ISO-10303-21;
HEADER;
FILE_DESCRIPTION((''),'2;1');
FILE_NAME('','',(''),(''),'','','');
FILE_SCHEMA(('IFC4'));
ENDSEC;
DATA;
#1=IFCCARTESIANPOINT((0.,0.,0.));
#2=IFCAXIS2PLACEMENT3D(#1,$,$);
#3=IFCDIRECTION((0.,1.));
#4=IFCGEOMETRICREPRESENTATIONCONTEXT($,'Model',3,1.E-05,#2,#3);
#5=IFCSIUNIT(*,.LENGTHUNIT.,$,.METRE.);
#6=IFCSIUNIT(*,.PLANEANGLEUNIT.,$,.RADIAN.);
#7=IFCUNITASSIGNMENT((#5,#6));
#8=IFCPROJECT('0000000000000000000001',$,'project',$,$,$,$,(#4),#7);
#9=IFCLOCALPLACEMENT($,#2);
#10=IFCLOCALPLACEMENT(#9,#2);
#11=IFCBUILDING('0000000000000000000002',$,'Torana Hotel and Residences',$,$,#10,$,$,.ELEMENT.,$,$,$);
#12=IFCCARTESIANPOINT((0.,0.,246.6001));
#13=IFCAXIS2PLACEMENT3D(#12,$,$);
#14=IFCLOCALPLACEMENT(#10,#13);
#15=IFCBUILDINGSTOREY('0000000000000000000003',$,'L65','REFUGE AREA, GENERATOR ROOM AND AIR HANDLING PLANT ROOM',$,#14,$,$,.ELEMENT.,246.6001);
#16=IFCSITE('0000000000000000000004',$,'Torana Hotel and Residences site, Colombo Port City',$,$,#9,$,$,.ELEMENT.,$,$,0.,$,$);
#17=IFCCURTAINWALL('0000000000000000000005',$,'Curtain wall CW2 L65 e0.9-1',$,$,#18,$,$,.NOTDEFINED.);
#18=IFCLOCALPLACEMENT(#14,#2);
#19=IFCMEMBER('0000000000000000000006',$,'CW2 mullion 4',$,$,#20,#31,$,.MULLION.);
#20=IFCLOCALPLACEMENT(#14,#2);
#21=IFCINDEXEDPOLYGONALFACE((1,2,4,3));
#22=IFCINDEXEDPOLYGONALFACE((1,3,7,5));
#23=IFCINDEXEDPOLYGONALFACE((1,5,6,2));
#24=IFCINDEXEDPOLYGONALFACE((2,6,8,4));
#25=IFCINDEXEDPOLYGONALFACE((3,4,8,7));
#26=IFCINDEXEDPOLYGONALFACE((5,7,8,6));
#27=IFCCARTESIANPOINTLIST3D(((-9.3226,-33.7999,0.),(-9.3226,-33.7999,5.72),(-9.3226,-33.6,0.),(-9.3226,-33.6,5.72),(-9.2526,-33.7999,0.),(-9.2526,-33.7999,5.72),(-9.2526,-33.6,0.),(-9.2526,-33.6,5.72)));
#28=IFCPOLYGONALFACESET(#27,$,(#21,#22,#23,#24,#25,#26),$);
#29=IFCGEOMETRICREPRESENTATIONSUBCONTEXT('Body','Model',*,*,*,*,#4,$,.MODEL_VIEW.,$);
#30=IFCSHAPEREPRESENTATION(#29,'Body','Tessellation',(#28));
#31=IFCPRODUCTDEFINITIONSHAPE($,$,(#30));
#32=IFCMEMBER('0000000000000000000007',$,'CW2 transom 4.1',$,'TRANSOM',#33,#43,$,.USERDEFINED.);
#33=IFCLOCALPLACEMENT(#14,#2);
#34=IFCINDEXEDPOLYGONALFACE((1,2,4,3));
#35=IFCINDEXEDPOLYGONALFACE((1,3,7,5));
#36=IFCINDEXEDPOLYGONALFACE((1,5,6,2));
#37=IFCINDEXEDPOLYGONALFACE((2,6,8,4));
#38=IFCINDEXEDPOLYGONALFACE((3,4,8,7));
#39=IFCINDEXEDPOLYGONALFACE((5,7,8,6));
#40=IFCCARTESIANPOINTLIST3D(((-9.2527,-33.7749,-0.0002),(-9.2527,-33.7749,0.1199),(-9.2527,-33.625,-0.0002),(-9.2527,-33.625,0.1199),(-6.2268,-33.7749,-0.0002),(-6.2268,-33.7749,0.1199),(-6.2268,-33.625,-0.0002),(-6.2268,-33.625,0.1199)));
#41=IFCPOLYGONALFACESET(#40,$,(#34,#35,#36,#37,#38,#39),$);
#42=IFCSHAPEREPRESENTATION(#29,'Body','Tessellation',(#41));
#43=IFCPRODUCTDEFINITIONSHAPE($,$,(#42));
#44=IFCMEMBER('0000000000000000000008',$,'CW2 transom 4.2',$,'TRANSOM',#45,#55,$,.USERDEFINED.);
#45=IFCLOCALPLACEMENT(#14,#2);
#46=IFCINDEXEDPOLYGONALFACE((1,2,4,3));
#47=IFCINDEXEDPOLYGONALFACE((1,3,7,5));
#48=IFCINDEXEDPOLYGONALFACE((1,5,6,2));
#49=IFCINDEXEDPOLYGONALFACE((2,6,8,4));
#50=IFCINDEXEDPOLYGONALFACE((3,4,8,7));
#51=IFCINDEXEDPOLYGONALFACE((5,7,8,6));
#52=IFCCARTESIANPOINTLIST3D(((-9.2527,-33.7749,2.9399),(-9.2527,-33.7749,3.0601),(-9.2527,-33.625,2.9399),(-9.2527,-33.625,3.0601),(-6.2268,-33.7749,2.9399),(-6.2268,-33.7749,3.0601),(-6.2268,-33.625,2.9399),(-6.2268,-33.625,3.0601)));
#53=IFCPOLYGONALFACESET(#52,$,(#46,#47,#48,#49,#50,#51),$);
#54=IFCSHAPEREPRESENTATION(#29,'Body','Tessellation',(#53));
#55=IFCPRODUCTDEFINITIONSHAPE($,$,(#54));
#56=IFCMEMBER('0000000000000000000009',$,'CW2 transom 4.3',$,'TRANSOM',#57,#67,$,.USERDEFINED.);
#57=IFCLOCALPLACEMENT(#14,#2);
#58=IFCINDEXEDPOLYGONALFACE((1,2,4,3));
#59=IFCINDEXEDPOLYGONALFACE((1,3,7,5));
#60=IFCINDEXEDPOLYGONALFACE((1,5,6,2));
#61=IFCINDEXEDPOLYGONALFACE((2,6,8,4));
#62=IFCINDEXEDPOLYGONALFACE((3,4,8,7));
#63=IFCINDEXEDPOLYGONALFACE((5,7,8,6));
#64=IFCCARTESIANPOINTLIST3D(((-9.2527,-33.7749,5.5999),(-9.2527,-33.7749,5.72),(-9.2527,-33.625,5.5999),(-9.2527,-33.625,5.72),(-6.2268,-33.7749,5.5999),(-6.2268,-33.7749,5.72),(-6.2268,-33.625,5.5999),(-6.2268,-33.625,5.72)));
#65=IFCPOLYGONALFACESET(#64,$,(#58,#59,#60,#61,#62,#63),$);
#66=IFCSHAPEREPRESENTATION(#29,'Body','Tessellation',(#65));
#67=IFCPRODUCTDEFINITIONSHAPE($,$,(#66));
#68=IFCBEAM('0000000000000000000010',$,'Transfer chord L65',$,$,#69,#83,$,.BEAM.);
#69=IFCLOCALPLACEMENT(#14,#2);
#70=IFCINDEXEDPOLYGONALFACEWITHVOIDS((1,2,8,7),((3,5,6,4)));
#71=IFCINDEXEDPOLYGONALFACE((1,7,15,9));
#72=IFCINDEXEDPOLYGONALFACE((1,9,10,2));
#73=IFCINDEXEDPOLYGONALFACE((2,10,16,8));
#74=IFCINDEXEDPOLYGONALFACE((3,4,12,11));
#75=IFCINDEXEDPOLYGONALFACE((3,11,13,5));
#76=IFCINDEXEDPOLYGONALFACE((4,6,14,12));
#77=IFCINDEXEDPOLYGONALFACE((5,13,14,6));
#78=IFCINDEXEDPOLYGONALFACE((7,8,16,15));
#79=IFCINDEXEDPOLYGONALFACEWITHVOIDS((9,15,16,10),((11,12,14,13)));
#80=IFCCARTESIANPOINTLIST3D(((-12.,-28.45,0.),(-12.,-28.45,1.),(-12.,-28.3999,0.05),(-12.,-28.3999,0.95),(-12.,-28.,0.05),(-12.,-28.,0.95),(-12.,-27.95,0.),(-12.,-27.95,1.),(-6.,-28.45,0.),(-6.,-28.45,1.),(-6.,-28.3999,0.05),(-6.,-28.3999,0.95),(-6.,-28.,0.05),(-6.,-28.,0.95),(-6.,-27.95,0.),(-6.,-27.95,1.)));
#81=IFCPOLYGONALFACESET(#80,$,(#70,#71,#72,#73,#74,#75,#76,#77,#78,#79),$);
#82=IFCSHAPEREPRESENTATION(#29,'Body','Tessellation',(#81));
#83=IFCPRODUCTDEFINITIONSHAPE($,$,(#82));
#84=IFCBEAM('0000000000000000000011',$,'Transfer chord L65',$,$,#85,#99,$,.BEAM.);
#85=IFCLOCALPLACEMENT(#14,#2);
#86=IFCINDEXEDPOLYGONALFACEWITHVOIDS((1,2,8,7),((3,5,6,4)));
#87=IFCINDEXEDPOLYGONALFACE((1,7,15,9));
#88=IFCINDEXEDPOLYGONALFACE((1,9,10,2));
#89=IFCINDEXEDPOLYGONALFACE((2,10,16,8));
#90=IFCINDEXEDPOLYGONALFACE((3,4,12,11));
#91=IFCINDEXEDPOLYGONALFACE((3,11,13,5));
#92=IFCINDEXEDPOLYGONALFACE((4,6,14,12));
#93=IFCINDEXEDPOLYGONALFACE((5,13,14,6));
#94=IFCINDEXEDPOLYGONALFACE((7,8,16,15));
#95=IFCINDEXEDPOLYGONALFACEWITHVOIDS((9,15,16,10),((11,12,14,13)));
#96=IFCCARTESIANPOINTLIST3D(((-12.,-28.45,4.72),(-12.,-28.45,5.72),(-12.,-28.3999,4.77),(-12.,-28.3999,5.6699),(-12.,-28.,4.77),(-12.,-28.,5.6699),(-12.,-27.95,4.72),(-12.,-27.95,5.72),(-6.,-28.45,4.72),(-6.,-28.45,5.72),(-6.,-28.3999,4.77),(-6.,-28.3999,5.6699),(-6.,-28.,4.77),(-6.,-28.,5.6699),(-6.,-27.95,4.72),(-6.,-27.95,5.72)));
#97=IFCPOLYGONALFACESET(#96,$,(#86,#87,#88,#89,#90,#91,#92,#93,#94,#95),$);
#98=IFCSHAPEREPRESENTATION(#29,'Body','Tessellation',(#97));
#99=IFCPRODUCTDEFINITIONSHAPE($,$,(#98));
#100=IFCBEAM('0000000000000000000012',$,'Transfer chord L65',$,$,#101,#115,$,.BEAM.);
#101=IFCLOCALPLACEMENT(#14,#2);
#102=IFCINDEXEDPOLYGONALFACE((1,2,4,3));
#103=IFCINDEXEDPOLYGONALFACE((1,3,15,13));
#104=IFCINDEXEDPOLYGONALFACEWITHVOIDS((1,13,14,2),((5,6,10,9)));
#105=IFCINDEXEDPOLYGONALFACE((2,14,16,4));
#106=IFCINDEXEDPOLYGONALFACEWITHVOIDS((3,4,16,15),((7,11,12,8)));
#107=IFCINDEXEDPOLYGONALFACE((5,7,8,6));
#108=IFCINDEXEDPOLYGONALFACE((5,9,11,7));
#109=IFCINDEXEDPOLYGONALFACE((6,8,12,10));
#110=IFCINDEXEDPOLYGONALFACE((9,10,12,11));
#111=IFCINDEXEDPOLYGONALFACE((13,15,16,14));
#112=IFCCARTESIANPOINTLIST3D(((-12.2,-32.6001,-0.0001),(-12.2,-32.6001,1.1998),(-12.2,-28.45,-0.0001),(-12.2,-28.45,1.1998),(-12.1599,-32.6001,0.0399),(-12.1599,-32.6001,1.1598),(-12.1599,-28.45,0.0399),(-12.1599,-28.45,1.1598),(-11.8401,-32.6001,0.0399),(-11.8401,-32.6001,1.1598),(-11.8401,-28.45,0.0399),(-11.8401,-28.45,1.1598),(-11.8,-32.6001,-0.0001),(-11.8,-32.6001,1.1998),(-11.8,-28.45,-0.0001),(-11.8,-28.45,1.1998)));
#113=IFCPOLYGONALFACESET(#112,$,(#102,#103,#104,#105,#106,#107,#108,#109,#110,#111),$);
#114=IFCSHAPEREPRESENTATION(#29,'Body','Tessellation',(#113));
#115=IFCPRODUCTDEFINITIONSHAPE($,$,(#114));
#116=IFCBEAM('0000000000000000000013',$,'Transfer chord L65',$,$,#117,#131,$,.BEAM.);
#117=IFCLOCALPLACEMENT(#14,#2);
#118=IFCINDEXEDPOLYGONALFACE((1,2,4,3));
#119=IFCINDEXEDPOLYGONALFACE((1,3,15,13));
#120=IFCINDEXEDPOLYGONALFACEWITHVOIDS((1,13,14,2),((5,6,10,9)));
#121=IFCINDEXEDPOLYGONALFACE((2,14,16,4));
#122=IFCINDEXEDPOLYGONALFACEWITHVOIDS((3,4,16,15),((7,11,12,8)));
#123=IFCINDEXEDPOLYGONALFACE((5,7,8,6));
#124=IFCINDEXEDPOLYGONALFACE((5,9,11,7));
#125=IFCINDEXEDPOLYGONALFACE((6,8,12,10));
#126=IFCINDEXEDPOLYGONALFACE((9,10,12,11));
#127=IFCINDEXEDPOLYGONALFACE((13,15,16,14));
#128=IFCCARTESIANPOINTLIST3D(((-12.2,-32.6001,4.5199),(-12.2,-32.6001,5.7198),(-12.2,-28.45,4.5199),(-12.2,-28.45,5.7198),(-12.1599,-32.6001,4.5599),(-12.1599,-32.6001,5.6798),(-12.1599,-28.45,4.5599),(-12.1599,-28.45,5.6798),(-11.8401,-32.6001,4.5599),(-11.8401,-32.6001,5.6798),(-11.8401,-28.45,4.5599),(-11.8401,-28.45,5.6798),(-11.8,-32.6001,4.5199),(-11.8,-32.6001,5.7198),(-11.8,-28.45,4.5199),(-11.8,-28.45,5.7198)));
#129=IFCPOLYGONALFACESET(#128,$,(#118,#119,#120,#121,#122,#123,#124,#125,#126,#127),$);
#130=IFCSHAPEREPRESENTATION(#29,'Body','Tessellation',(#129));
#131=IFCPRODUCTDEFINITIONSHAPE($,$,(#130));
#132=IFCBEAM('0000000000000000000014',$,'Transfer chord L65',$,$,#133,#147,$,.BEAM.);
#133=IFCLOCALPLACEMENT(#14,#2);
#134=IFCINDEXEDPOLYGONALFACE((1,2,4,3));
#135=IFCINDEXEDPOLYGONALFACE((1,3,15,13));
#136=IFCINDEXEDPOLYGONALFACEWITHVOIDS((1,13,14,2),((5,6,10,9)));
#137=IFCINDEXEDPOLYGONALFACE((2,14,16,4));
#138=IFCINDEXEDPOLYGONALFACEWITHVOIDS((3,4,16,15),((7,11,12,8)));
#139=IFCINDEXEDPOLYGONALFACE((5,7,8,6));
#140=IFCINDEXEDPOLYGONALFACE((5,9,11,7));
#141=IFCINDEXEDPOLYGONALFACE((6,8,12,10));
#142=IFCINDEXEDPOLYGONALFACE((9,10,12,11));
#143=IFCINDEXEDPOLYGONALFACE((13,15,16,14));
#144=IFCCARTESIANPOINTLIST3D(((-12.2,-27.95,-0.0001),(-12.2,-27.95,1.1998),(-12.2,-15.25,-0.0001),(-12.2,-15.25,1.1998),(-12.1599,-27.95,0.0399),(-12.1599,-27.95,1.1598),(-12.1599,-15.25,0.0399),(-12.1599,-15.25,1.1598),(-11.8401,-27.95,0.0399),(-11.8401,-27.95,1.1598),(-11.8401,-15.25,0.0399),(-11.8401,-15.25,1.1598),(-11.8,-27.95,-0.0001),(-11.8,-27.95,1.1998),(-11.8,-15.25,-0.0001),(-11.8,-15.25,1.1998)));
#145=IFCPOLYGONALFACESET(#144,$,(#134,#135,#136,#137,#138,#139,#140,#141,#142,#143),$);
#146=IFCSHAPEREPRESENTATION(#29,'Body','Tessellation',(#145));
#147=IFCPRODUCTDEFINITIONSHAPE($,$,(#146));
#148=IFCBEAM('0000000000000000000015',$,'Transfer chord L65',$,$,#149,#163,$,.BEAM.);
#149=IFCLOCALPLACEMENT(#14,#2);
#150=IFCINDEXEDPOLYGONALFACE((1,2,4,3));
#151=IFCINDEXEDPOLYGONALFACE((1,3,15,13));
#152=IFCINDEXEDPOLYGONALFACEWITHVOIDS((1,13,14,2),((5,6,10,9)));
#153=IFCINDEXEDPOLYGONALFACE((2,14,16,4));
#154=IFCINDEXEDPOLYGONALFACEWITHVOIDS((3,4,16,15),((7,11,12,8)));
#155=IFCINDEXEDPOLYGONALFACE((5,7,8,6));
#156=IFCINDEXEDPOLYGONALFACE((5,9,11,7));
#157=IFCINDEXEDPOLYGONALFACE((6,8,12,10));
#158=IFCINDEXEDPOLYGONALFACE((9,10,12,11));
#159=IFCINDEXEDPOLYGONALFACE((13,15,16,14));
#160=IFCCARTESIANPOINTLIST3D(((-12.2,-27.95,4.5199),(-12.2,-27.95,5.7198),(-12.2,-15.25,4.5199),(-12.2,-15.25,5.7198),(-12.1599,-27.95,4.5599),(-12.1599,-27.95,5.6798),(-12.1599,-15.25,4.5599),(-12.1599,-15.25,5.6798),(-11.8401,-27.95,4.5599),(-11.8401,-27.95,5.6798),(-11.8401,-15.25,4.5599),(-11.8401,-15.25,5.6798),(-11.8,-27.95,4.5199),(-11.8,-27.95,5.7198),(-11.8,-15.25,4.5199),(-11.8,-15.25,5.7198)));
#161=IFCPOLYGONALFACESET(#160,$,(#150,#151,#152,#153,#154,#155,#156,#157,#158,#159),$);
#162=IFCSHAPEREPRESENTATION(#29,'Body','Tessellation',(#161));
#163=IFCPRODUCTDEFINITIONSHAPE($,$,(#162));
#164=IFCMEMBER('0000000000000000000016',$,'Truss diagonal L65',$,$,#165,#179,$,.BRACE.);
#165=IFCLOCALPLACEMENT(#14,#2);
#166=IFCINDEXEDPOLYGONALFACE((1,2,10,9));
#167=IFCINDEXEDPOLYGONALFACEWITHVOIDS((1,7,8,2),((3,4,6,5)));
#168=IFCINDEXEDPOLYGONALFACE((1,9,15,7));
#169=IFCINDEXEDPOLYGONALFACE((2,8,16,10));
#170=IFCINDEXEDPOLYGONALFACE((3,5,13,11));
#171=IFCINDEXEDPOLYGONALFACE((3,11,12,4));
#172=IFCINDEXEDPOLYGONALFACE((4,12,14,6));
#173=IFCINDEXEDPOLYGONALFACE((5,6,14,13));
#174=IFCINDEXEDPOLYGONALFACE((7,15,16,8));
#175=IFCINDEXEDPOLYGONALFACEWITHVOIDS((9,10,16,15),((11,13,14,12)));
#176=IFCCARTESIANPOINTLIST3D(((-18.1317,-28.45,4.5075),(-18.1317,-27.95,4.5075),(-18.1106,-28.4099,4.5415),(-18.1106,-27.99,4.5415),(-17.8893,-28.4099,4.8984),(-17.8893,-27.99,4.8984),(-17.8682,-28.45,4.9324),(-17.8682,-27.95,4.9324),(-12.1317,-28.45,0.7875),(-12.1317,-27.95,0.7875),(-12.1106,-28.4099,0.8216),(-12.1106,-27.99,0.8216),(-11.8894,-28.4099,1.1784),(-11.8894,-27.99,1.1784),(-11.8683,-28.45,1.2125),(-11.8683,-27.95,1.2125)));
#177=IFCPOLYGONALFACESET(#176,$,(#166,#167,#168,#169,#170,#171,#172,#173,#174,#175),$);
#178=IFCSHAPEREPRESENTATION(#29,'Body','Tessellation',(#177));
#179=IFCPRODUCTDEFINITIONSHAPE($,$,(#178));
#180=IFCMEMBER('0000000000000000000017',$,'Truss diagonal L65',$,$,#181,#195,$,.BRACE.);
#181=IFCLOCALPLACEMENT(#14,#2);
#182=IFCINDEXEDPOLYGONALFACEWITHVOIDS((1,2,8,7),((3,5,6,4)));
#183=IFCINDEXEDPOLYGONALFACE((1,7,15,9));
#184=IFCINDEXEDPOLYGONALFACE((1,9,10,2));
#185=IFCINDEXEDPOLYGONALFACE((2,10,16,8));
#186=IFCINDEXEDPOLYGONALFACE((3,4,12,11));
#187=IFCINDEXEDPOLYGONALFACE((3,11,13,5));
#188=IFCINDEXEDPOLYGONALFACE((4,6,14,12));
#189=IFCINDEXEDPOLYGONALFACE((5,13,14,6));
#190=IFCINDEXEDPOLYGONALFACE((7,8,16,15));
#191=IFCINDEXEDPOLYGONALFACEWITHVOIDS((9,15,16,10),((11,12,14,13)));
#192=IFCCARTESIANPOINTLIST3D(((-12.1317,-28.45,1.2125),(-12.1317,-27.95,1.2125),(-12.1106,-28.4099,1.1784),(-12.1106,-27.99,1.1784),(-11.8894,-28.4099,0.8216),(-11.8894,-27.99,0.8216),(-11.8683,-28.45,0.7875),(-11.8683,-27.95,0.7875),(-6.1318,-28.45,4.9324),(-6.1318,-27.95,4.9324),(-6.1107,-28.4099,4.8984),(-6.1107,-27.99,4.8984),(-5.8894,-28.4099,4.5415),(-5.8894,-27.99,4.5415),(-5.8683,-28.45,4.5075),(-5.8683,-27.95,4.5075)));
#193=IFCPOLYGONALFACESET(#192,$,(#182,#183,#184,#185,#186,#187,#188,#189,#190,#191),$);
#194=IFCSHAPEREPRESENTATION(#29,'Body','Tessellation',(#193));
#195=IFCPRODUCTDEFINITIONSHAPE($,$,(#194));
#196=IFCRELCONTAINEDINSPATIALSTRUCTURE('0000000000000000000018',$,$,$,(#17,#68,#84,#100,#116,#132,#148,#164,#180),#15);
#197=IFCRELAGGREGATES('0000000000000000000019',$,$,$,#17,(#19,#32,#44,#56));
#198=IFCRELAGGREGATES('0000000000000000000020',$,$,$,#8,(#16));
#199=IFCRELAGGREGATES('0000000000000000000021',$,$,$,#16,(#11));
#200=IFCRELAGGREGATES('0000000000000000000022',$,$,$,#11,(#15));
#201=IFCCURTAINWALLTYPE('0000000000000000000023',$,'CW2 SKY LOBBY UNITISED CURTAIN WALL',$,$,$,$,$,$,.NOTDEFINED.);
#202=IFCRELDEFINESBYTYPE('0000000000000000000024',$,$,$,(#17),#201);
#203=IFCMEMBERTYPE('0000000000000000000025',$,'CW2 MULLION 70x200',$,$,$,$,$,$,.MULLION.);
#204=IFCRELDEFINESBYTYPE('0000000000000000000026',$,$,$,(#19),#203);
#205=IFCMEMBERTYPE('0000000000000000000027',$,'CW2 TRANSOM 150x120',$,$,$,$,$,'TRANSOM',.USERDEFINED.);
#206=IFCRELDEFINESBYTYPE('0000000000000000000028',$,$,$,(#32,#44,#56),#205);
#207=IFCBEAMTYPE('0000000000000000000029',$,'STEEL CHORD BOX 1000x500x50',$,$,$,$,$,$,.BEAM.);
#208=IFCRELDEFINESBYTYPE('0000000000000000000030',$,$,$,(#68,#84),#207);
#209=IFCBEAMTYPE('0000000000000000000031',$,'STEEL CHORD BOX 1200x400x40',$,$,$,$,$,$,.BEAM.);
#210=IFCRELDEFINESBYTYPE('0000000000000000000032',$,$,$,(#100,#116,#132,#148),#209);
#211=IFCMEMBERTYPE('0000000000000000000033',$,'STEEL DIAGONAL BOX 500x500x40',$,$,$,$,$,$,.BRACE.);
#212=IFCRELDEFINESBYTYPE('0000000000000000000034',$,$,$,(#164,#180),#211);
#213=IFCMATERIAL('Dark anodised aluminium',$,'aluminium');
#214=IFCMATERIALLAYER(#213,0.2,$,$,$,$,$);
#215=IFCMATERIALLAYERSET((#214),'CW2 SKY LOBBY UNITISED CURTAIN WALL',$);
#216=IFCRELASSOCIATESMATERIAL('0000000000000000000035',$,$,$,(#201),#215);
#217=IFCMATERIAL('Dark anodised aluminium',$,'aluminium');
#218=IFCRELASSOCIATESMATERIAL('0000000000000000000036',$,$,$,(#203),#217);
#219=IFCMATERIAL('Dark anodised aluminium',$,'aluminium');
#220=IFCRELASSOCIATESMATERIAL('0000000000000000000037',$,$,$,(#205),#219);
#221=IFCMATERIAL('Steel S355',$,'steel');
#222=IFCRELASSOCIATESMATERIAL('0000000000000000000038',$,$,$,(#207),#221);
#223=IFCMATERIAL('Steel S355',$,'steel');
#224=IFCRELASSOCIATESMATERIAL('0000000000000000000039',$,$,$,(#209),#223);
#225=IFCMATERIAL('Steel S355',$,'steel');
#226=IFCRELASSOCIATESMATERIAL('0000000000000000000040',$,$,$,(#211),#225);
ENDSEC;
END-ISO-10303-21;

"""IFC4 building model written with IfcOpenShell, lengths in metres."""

from ifc_helpers import new_model, si_unit, direction, frame, origin, origin_2d, place, context, subcontext, project, spatial, rectangle, hollow_rectangle, extrude, material, layer, layer_set, material_profile, profile_set, type_object, element, aggregate, save


model = new_model("IFC4")

# Units and contexts
model_context = context("Model", 3, precision=1e-05, world=origin(), true_north=direction((0.0, 1.0)))
body_context = subcontext(model_context, "Body", "Model", "MODEL_VIEW")
ifc_project = project(units=[si_unit("LENGTHUNIT", "METRE"), si_unit("PLANEANGLEUNIT", "RADIAN")], contexts=[model_context])

# Site, building, storey
site_placement = place(None, origin())
site = spatial("IfcSite", under=ifc_project, at=site_placement, Name="Torana Hotel and Residences site, Colombo Port City", CompositionType="ELEMENT", RefElevation=0.0)
building_placement = place(site_placement, origin())
building = spatial("IfcBuilding", under=site, at=building_placement, Name="Torana Hotel and Residences", CompositionType="ELEMENT")
storey_placement = place(building_placement, frame((0.0, 0.0, 246.6001)))
storey = spatial("IfcBuildingStorey", under=building, at=storey_placement, Name="L65", Description="REFUGE AREA, GENERATOR ROOM AND AIR HANDLING PLANT ROOM", CompositionType="ELEMENT", Elevation=246.6001)

# Curtain wall, members
ifc_material_1 = material(Name="Dark anodised aluminium", Category="aluminium")
ifc_layer_1 = layer(ifc_material_1, 0.2)
ifc_layer_set_1 = layer_set([ifc_layer_1], Name="CW2 SKY LOBBY UNITISED CURTAIN WALL")
curtain_wall_type = type_object("IfcCurtainWallType", Name="CW2 SKY LOBBY UNITISED CURTAIN WALL", PredefinedType="NOTDEFINED", material=ifc_layer_set_1)
curtain_wall_placement = place(storey_placement, origin())
curtain_wall = element("IfcCurtainWall", 1, at=curtain_wall_placement, inside=storey, type_object=curtain_wall_type, Name="Curtain wall CW2 L65 e0.9-1", PredefinedType="NOTDEFINED")
ifc_material_2 = material(Name="Dark anodised aluminium", Category="aluminium")
ifc_material_profile_1 = material_profile(ifc_material_2, rectangle(XDim=0.2, YDim=0.0701, at=origin_2d()), Name="CW2 MULLION 70x200")
ifc_profile_set_1 = profile_set([ifc_material_profile_1], Name="Dark anodised aluminium")
member_type_1 = type_object("IfcMemberType", Name="CW2 MULLION 70x200", PredefinedType="MULLION", material=ifc_profile_set_1)
member_1_placement = place(storey_placement, frame((-9.2876, -33.7, 0.0), z_axis=(0.0, 0.0, 1.0), x_axis=(0.0, 1.0, 0.0)))
member_1 = element("IfcMember", 2, at=member_1_placement, type_object=member_type_1, Name="CW2 mullion 4", PredefinedType="MULLION", context=body_context, shape_type="SweptSolid", body=[
    extrude(rectangle(XDim=0.2, YDim=0.0701, at=origin_2d()), origin(), (0.0, 0.0, 1.0), 5.72),
])
ifc_material_3 = material(Name="Dark anodised aluminium", Category="aluminium")
ifc_material_profile_2 = material_profile(ifc_material_3, rectangle(XDim=0.1499, YDim=0.1201, at=origin_2d()), Name="CW2 TRANSOM 150x120")
ifc_profile_set_2 = profile_set([ifc_material_profile_2], Name="Dark anodised aluminium")
member_type_2 = type_object("IfcMemberType", Name="CW2 TRANSOM 150x120", ElementType="TRANSOM", PredefinedType="USERDEFINED", material=ifc_profile_set_2)
member_2_placement = place(storey_placement, frame((-9.2527, -33.7, 0.0598), z_axis=(1.0, 0.0, 0.0), x_axis=(0.0, 1.0, 0.0)))
member_2 = element("IfcMember", 3, at=member_2_placement, type_object=member_type_2, Name="CW2 transom 4.1", ObjectType="TRANSOM", PredefinedType="USERDEFINED", context=body_context, shape_type="SweptSolid", body=[
    extrude(rectangle(XDim=0.1499, YDim=0.1201, at=origin_2d()), origin(), (0.0, 0.0, 1.0), 3.0259),
])
member_3_placement = place(storey_placement, frame((-9.2527, -33.7, 3.0), z_axis=(1.0, 0.0, 0.0), x_axis=(0.0, 1.0, 0.0)))
member_3 = element("IfcMember", 4, at=member_3_placement, type_object=member_type_2, Name="CW2 transom 4.2", ObjectType="TRANSOM", PredefinedType="USERDEFINED", context=body_context, shape_type="SweptSolid", body=[
    extrude(rectangle(XDim=0.1499, YDim=0.1201, at=origin_2d()), origin(), (0.0, 0.0, 1.0), 3.0259),
])
member_4_placement = place(storey_placement, frame((-9.2527, -33.7, 5.6599), z_axis=(1.0, 0.0, 0.0), x_axis=(0.0, 1.0, 0.0)))
member_4 = element("IfcMember", 5, at=member_4_placement, type_object=member_type_2, Name="CW2 transom 4.3", ObjectType="TRANSOM", PredefinedType="USERDEFINED", context=body_context, shape_type="SweptSolid", body=[
    extrude(rectangle(XDim=0.1499, YDim=0.1201, at=origin_2d()), origin(), (0.0, 0.0, 1.0), 3.0259),
])

# Beams
ifc_material_4 = material(Name="Steel S355", Category="steel")
ifc_material_profile_3 = material_profile(ifc_material_4, hollow_rectangle(XDim=0.5, YDim=1.0, WallThickness=0.05, at=origin_2d()), Name="BOX 1000x500x50")
ifc_profile_set_3 = profile_set([ifc_material_profile_3], Name="Steel S355")
beam_type_1 = type_object("IfcBeamType", Name="STEEL CHORD BOX 1000x500x50", PredefinedType="BEAM", material=ifc_profile_set_3)
for number, where, z_axis, x_axis, name in (
    (6, (-12.0, -28.2, 0.5), (1.0, 0.0, 0.0), (0.0, 1.0, 0.0), "Transfer chord L65"),
    (7, (-12.0, -28.2, 5.22), (1.0, 0.0, 0.0), (0.0, 1.0, 0.0), "Transfer chord L65"),
):
    element("IfcBeam", number, at=place(storey_placement, frame(where, z_axis=z_axis, x_axis=x_axis)), inside=storey, type_object=beam_type_1, Name=name, PredefinedType="BEAM", context=body_context, shape_type="SweptSolid", body=[
        extrude(hollow_rectangle(XDim=0.5, YDim=1.0, WallThickness=0.05, at=origin_2d()), origin(), (0.0, 0.0, 1.0), 6.0),
    ])
ifc_material_5 = material(Name="Steel S355", Category="steel")
ifc_material_profile_4 = material_profile(ifc_material_5, hollow_rectangle(XDim=0.3999, YDim=1.2, WallThickness=0.04, at=origin_2d()), Name="BOX 1200x400x40")
ifc_profile_set_4 = profile_set([ifc_material_profile_4], Name="Steel S355")
beam_type_2 = type_object("IfcBeamType", Name="STEEL CHORD BOX 1200x400x40", PredefinedType="BEAM", material=ifc_profile_set_4)
for number, where, z_axis, x_axis, name in (
    (8, (-12.0, -32.6001, 0.5999), (0.0, 1.0, 0.0), (-1.0, 0.0, 0.0), "Transfer chord L65"),
    (9, (-12.0, -32.6001, 5.1199), (0.0, 1.0, 0.0), (-1.0, 0.0, 0.0), "Transfer chord L65"),
):
    element("IfcBeam", number, at=place(storey_placement, frame(where, z_axis=z_axis, x_axis=x_axis)), inside=storey, type_object=beam_type_2, Name=name, PredefinedType="BEAM", context=body_context, shape_type="SweptSolid", body=[
        extrude(hollow_rectangle(XDim=0.3999, YDim=1.2, WallThickness=0.04, at=origin_2d()), origin(), (0.0, 0.0, 1.0), 4.1501),
    ])
for number, where, z_axis, x_axis, name in (
    (10, (-12.0, -27.95, 0.5999), (0.0, 1.0, 0.0), (-1.0, 0.0, 0.0), "Transfer chord L65"),
    (11, (-12.0, -27.95, 5.1199), (0.0, 1.0, 0.0), (-1.0, 0.0, 0.0), "Transfer chord L65"),
):
    element("IfcBeam", number, at=place(storey_placement, frame(where, z_axis=z_axis, x_axis=x_axis)), inside=storey, type_object=beam_type_2, Name=name, PredefinedType="BEAM", context=body_context, shape_type="SweptSolid", body=[
        extrude(hollow_rectangle(XDim=0.3999, YDim=1.2, WallThickness=0.04, at=origin_2d()), origin(), (0.0, 0.0, 1.0), 12.7),
    ])

# Members
ifc_material_6 = material(Name="Steel S355", Category="steel")
ifc_material_profile_5 = material_profile(ifc_material_6, hollow_rectangle(XDim=0.5, YDim=0.5, WallThickness=0.04, at=origin_2d()), Name="BOX 500x500x40")
ifc_profile_set_5 = profile_set([ifc_material_profile_5], Name="Steel S355")
member_type_3 = type_object("IfcMemberType", Name="STEEL DIAGONAL BOX 500x500x40", PredefinedType="BRACE", material=ifc_profile_set_5)
for number, where, z_axis, x_axis, name in (
    (12, (-12.0, -28.2, 1.0), (-0.849905, 0.0, 0.526937), (0.0, -1.0, 0.0), "Truss diagonal L65"),
    (13, (-12.0, -28.2, 1.0), (0.849905, 0.0, 0.526937), (0.0, 1.0, 0.0), "Truss diagonal L65"),
):
    element("IfcMember", number, at=place(storey_placement, frame(where, z_axis=z_axis, x_axis=x_axis)), inside=storey, type_object=member_type_3, Name=name, PredefinedType="BRACE", context=body_context, shape_type="SweptSolid", body=[
        extrude(hollow_rectangle(XDim=0.5, YDim=0.5, WallThickness=0.04, at=origin_2d()), origin(), (0.0, 0.0, 1.0), 7.0596),
    ])

aggregate(curtain_wall, [member_1, member_2, member_3, member_4])

save(model, "model.ifc")
